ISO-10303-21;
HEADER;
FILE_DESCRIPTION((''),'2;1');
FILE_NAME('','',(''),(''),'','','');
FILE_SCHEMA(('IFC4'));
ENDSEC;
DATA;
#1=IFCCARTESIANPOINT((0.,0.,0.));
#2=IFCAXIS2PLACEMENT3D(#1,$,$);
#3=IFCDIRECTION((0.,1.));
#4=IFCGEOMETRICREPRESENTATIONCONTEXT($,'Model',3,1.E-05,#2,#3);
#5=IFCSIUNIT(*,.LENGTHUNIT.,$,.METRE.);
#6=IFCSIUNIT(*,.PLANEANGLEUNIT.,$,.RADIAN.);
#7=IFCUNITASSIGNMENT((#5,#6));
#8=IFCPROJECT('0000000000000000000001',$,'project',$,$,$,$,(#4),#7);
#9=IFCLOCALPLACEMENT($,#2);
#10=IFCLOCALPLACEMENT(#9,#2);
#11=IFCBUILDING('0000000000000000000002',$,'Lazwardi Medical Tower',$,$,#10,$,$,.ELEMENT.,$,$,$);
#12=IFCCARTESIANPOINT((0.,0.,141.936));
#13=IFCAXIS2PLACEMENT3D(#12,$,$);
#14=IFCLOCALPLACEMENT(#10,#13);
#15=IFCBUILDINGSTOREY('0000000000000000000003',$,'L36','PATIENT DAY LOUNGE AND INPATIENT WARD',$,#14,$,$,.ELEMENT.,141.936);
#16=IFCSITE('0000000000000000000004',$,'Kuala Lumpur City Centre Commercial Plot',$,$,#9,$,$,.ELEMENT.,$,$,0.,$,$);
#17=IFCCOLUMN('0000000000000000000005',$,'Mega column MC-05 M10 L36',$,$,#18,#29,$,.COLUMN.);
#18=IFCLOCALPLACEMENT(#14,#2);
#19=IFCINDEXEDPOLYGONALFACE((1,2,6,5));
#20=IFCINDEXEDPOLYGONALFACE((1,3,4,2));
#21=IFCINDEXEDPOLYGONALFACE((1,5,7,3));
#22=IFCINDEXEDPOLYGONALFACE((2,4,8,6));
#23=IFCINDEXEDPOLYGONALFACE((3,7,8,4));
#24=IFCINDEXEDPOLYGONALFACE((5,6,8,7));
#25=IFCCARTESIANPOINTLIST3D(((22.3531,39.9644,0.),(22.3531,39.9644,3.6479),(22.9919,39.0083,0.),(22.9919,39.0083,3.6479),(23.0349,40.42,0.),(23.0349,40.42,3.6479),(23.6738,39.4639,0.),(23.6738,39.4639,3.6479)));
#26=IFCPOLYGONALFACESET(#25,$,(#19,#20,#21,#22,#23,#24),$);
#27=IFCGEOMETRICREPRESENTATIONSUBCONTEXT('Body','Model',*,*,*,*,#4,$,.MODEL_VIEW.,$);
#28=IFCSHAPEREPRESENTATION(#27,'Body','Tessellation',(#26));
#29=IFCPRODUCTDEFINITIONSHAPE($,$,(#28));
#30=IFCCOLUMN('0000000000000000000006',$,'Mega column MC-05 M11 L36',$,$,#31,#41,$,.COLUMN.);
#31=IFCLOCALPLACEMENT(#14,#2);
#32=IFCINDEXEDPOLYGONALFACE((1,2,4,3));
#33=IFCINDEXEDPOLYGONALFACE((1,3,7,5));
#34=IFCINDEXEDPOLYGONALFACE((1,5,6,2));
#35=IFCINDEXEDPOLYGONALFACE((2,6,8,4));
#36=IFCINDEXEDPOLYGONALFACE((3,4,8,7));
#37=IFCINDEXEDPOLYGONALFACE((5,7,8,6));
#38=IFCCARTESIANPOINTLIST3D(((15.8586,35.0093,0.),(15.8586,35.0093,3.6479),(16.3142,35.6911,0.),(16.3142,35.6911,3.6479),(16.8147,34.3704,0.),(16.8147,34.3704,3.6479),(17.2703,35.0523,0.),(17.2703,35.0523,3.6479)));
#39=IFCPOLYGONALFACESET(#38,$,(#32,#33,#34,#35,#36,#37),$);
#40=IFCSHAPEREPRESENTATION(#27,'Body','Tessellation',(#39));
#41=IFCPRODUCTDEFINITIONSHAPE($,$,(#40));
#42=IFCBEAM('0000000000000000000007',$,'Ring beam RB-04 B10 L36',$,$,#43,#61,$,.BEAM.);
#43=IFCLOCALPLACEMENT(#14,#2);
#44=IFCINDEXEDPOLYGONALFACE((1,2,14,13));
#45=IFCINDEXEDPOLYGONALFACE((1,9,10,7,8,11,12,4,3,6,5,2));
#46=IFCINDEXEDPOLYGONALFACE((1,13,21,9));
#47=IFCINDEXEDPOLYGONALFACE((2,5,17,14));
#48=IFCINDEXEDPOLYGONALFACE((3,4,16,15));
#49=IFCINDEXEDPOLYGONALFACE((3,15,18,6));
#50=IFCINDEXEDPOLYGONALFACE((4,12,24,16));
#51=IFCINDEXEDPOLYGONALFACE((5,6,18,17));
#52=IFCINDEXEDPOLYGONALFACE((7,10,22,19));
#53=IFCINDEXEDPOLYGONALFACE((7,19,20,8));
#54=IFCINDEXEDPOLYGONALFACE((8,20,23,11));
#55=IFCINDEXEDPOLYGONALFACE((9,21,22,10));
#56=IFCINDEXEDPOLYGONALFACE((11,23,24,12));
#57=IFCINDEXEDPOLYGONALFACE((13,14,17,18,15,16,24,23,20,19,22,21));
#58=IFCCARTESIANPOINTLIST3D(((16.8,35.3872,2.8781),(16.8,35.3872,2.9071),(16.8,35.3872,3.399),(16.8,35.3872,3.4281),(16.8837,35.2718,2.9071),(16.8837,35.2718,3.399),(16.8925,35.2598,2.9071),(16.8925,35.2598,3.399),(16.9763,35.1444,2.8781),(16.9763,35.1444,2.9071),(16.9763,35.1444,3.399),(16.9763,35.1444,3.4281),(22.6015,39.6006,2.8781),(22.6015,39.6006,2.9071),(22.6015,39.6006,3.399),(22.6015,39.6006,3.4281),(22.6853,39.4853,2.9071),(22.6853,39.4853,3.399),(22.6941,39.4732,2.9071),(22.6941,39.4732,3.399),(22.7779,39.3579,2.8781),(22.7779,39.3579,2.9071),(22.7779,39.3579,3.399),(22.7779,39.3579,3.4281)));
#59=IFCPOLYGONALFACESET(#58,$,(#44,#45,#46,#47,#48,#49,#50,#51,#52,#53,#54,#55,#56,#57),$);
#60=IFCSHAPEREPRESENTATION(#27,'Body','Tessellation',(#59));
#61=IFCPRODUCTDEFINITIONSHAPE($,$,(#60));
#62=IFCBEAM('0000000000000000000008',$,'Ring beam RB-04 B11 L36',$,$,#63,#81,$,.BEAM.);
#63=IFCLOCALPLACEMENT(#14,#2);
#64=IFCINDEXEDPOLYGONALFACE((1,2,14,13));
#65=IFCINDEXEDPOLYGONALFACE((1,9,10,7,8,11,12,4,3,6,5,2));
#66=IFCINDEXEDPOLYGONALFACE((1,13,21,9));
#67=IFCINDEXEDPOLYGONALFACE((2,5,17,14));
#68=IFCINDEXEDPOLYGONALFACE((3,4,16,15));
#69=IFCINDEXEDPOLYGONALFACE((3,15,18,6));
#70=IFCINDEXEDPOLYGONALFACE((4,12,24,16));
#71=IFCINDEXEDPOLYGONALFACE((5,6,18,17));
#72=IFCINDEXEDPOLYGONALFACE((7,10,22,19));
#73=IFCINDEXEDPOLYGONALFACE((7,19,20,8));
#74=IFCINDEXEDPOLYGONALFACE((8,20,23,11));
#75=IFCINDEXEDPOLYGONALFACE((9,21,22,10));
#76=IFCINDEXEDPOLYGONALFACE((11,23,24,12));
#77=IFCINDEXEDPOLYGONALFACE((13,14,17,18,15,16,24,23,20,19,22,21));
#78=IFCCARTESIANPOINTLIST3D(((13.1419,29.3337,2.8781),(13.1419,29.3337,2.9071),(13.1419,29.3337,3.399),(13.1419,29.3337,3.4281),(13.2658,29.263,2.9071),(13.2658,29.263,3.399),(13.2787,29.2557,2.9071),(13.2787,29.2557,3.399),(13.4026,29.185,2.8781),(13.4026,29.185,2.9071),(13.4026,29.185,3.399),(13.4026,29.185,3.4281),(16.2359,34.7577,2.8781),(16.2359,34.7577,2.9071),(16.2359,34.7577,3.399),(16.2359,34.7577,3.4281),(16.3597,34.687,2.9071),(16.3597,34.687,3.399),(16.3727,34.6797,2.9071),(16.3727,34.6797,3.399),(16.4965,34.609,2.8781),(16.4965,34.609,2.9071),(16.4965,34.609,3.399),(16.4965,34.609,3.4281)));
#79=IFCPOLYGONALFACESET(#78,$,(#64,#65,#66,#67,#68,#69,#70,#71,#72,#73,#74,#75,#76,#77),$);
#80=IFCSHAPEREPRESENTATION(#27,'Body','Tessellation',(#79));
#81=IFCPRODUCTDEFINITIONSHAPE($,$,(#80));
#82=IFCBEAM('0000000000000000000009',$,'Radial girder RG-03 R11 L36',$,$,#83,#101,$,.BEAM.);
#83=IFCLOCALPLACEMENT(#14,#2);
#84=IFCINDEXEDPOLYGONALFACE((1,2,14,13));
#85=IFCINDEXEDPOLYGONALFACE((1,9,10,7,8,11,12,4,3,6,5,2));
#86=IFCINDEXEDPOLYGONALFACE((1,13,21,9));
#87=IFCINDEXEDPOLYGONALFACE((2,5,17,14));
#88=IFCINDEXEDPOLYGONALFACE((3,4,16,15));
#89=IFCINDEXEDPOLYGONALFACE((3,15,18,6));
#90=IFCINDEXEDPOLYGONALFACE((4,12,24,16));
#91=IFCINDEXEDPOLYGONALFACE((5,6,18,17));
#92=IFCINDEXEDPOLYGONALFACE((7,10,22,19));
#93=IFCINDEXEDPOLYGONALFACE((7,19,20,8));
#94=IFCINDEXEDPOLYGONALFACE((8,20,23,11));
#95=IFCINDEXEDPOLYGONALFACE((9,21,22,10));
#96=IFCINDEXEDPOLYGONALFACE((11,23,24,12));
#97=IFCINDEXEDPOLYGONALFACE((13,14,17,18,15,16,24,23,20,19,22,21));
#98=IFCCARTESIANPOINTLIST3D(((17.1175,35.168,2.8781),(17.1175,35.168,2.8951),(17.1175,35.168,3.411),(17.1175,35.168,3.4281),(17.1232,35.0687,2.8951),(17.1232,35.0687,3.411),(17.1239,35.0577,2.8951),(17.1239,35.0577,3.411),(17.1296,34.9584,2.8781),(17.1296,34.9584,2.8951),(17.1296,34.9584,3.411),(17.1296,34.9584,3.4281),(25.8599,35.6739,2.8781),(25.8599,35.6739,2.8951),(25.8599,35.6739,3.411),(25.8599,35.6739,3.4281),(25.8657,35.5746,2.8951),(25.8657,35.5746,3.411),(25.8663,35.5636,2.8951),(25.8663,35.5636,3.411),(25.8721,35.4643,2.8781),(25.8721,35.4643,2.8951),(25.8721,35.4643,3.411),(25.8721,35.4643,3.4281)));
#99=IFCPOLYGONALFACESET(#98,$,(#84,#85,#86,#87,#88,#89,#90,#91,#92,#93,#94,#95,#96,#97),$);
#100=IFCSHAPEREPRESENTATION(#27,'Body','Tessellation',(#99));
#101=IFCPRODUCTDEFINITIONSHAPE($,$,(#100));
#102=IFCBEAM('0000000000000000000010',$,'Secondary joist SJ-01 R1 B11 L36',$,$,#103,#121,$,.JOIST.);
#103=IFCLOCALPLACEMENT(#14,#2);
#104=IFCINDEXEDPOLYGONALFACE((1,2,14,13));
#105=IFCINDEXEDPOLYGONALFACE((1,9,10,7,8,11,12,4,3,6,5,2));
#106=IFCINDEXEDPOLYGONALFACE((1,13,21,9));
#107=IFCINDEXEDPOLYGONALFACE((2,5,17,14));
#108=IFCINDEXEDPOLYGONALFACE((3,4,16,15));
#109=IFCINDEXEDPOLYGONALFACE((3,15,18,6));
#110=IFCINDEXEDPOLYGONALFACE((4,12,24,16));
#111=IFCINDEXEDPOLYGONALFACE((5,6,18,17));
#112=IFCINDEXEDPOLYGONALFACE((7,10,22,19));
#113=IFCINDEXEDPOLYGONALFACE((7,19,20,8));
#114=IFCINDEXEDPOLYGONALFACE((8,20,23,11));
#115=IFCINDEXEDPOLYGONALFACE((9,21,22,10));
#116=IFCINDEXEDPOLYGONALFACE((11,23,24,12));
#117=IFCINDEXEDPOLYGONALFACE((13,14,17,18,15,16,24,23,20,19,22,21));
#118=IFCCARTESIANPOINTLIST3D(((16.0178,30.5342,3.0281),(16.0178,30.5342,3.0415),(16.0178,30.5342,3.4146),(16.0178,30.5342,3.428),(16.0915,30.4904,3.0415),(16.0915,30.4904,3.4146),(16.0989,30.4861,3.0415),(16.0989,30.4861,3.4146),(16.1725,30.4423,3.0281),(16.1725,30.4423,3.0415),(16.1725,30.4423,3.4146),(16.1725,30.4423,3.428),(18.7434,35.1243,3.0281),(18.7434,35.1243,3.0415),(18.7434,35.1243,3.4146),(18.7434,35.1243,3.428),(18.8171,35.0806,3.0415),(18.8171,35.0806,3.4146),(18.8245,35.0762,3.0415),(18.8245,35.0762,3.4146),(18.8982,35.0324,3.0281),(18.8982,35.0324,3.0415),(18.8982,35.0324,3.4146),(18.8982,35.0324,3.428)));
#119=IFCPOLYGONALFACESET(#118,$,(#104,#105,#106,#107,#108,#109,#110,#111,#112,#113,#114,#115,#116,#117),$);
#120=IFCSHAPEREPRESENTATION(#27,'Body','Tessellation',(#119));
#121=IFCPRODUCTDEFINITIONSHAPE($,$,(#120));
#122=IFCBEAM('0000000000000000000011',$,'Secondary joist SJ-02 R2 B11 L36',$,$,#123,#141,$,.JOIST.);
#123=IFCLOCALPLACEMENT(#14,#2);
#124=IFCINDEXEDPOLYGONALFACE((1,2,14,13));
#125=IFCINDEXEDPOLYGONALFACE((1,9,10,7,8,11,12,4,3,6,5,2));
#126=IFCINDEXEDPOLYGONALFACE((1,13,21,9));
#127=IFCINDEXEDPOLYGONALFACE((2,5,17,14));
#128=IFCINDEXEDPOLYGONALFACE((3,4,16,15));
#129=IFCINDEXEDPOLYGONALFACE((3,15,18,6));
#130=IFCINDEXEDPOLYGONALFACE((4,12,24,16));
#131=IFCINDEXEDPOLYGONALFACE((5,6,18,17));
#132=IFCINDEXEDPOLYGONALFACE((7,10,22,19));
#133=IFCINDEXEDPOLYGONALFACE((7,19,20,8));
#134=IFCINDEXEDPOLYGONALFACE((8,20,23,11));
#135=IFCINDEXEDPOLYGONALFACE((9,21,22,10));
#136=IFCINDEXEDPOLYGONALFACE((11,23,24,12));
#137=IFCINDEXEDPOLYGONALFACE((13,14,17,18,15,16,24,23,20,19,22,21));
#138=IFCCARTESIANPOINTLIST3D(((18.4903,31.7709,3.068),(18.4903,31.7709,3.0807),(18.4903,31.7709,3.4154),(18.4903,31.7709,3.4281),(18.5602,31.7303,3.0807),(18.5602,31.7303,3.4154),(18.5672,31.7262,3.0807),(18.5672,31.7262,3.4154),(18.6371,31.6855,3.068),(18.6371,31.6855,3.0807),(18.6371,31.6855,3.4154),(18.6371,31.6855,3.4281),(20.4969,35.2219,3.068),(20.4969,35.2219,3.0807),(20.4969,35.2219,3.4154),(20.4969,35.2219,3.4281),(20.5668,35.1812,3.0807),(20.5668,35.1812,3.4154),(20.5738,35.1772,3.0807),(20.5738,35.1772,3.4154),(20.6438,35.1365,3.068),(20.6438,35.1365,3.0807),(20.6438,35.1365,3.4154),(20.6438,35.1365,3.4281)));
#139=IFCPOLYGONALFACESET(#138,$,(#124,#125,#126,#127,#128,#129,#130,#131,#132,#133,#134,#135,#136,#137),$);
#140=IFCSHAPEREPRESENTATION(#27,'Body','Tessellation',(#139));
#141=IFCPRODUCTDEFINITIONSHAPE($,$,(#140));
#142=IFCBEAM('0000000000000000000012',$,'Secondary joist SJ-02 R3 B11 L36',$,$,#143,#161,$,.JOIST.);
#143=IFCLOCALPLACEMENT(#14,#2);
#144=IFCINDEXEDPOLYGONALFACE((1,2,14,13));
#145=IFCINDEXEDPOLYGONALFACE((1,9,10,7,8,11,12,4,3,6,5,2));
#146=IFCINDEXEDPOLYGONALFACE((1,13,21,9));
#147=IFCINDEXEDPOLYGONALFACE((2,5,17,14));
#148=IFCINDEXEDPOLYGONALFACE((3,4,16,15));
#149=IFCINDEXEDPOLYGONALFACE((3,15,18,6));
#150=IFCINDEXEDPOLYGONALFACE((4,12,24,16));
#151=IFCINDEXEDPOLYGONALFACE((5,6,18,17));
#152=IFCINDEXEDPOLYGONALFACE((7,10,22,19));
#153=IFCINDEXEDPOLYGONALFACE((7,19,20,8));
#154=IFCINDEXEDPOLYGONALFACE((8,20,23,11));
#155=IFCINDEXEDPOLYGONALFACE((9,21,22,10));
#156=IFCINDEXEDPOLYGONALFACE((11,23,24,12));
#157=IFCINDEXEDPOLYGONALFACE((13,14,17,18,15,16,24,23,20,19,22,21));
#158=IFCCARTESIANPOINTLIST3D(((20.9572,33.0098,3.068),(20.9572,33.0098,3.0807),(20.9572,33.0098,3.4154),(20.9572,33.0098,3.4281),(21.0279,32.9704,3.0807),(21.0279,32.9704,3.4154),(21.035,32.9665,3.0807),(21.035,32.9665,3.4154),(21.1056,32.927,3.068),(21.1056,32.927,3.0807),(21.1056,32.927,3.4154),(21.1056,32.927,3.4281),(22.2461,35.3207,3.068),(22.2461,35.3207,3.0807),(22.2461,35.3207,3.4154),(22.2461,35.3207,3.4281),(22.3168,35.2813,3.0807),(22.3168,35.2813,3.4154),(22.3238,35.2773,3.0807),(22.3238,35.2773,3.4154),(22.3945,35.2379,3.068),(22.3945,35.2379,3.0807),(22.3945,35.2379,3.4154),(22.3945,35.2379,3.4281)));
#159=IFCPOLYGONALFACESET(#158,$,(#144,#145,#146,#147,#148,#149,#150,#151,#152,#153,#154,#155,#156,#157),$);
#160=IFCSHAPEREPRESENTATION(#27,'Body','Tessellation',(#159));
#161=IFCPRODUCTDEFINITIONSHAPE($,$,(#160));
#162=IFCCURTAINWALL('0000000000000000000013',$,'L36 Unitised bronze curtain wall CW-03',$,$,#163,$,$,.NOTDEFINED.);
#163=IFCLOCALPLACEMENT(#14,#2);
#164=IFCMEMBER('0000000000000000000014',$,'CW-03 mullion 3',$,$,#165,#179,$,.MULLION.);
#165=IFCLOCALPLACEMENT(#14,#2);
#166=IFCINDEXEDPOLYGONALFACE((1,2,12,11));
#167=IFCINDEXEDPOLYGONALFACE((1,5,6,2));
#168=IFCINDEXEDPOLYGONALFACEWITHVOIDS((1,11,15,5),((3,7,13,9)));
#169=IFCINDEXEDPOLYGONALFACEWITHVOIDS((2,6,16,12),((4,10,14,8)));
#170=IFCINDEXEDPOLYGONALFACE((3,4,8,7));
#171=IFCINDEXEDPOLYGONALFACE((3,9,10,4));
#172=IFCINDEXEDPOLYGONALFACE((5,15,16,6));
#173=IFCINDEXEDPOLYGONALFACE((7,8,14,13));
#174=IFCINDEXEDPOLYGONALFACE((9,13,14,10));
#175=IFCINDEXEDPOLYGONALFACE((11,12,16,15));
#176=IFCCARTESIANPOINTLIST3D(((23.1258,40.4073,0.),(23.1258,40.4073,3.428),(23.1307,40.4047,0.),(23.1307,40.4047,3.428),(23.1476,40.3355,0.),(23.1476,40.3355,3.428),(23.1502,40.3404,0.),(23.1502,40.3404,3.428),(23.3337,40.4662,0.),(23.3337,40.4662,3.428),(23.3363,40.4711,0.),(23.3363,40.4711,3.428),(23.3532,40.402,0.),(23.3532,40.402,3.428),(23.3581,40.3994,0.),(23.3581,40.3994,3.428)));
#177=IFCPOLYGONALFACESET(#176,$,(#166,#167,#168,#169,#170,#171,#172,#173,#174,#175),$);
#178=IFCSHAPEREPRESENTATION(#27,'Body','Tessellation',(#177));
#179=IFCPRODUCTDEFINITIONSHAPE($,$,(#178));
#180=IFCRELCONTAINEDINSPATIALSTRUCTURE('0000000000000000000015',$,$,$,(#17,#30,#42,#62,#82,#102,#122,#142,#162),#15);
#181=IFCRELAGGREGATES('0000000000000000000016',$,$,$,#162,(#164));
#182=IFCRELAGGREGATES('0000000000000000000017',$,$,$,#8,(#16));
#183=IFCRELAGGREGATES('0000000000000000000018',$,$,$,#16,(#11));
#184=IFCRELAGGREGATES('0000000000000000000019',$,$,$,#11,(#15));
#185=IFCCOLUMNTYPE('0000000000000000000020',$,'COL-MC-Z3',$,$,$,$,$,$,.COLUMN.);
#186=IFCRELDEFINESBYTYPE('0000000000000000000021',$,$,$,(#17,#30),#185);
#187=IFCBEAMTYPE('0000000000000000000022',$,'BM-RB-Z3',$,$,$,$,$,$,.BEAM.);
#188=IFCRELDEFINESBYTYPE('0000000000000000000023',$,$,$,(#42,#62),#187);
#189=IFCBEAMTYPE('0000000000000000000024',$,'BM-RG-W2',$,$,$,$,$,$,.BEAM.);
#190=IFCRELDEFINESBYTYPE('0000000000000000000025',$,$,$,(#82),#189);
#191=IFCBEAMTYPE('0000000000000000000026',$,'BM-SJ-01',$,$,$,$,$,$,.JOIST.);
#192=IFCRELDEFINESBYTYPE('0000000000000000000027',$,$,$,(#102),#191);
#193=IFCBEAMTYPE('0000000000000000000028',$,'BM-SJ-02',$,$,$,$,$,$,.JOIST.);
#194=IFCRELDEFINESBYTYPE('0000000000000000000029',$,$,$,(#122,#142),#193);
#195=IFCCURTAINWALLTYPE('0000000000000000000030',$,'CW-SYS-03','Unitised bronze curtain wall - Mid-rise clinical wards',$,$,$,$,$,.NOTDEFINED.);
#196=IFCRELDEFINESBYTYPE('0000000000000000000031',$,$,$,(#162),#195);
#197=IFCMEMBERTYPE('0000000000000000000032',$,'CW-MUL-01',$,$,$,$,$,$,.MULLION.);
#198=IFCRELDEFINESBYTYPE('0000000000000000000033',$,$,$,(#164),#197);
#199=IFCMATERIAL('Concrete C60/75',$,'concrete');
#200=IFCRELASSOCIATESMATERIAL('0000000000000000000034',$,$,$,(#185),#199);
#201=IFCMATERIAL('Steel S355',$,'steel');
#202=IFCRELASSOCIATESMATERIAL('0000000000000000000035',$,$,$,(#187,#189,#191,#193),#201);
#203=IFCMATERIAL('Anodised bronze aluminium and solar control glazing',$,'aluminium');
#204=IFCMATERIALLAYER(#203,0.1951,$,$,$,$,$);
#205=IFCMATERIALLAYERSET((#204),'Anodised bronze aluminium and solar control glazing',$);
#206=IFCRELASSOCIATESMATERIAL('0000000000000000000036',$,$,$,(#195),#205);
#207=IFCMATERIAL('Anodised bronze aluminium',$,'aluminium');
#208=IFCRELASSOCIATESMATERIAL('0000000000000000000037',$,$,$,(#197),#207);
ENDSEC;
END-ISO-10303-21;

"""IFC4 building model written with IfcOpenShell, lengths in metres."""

from ifc_helpers import new_model, si_unit, direction, frame, origin, origin_2d, place, context, subcontext, project, spatial, rectangle, hollow_rectangle, i_section, extrude, material, layer, layer_set, material_profile, profile_set, type_object, element, aggregate, save


model = new_model("IFC4")

# Units and contexts
model_context = context("Model", 3, precision=1e-05, world=origin(), true_north=direction((0.0, 1.0)))
body_context = subcontext(model_context, "Body", "Model", "MODEL_VIEW")
ifc_project = project(units=[si_unit("LENGTHUNIT", "METRE"), si_unit("PLANEANGLEUNIT", "RADIAN")], contexts=[model_context])

# Site, building, storey
site_placement = place(None, origin())
site = spatial("IfcSite", under=ifc_project, at=site_placement, Name="Kuala Lumpur City Centre Commercial Plot", CompositionType="ELEMENT", RefElevation=0.0)
building_placement = place(site_placement, origin())
building = spatial("IfcBuilding", under=site, at=building_placement, Name="Lazwardi Medical Tower", CompositionType="ELEMENT")
storey_placement = place(building_placement, frame((0.0, 0.0, 141.936)))
storey = spatial("IfcBuildingStorey", under=building, at=storey_placement, Name="L36", Description="PATIENT DAY LOUNGE AND INPATIENT WARD", CompositionType="ELEMENT", Elevation=141.936)

# Columns
ifc_material_1 = material(Name="Concrete C60/75", Category="concrete")
ifc_material_profile_1 = material_profile(ifc_material_1, rectangle(XDim=1.1499, YDim=0.8201, at=origin_2d()), Name="CFT-RECT 1150x820")
ifc_profile_set_1 = profile_set([ifc_material_profile_1], Name="Concrete C60/75")
column_type = type_object("IfcColumnType", Name="COL-MC-Z3", PredefinedType="COLUMN", material=ifc_profile_set_1)
for number, where, z_axis, x_axis, name in (
    (1, (23.0134, 39.7141, 0.0), (0.0, 0.0, 1.0), (-0.55557, 0.83147, 0.0), "Mega column MC-05 M10 L36"),
    (2, (16.5645, 35.0308, 0.0), (0.0, 0.0, 1.0), (-0.83147, 0.55557, 0.0), "Mega column MC-05 M11 L36"),
):
    element("IfcColumn", number, at=place(storey_placement, frame(where, z_axis=z_axis, x_axis=x_axis)), inside=storey, type_object=column_type, Name=name, PredefinedType="COLUMN", context=body_context, shape_type="SweptSolid", body=[
        extrude(rectangle(XDim=1.1499, YDim=0.8201, at=origin_2d()), origin(), (0.0, 0.0, 1.0), 3.6479),
    ])

# Beams
ifc_material_2 = material(Name="Steel S355", Category="steel")
ifc_material_profile_2 = material_profile(ifc_material_2, i_section(OverallWidth=0.3, OverallDepth=0.55, WebThickness=0.0149, FlangeThickness=0.0291, at=origin_2d()), Name="HEB 550")
ifc_profile_set_2 = profile_set([ifc_material_profile_2], Name="Steel S355")
beam_type_1 = type_object("IfcBeamType", Name="BM-RB-Z3", PredefinedType="BEAM", material=ifc_profile_set_2)
beam_1_placement = place(storey_placement, frame((22.6897, 39.4792, 3.1531), z_axis=(-0.809128, -0.587633, 0.0), x_axis=(0.587633, -0.809128, 0.0)))
element("IfcBeam", 3, at=beam_1_placement, inside=storey, type_object=beam_type_1, Name="Ring beam RB-04 B10 L36", PredefinedType="BEAM", context=body_context, shape_type="SweptSolid", body=[
    extrude(i_section(OverallWidth=0.3, OverallDepth=0.55, WebThickness=0.0149, FlangeThickness=0.0291, at=origin_2d()), origin(), (0.0, 0.0, 1.0), 7.1702),
])
beam_2_placement = place(storey_placement, frame((16.3662, 34.6833, 3.1531), z_axis=(-0.495478, -0.868621, 0.0), x_axis=(0.868621, -0.495478, 0.0)))
element("IfcBeam", 4, at=beam_2_placement, inside=storey, type_object=beam_type_1, Name="Ring beam RB-04 B11 L36", PredefinedType="BEAM", context=body_context, shape_type="SweptSolid", body=[
    extrude(i_section(OverallWidth=0.3, OverallDepth=0.55, WebThickness=0.0149, FlangeThickness=0.0291, at=origin_2d()), origin(), (0.0, 0.0, 1.0), 6.2444),
])
ifc_material_profile_3 = material_profile(ifc_material_2, i_section(OverallWidth=0.21, OverallDepth=0.55, WebThickness=0.011, FlangeThickness=0.0171, at=origin_2d()), Name="IPE 550")
ifc_profile_set_3 = profile_set([ifc_material_profile_3], Name="Steel S355")
beam_type_2 = type_object("IfcBeamType", Name="BM-RG-W2", PredefinedType="BEAM", material=ifc_profile_set_3)
beam_3_placement = place(storey_placement, frame((17.1235, 35.0632, 3.1531), z_axis=(0.99833, 0.057766, 0.0), x_axis=(-0.057766, 0.99833, 0.0)))
element("IfcBeam", 5, at=beam_3_placement, inside=storey, type_object=beam_type_2, Name="Radial girder RG-03 R11 L36", PredefinedType="BEAM", context=body_context, shape_type="SweptSolid", body=[
    extrude(i_section(OverallWidth=0.21, OverallDepth=0.55, WebThickness=0.011, FlangeThickness=0.0171, at=origin_2d()), origin(), (0.0, 0.0, 1.0), 8.7571),
])
ifc_material_profile_4 = material_profile(ifc_material_2, i_section(OverallWidth=0.1799, OverallDepth=0.3999, WebThickness=0.0085, FlangeThickness=0.0134, at=origin_2d()), Name="IPE 400")
ifc_profile_set_4 = profile_set([ifc_material_profile_4], Name="Steel S355")
beam_type_3 = type_object("IfcBeamType", Name="BM-SJ-01", PredefinedType="JOIST", material=ifc_profile_set_4)
beam_4_placement = place(storey_placement, frame((18.8208, 35.0784, 3.228), z_axis=(-0.510569, -0.859837, 0.0), x_axis=(0.859837, -0.510569, 0.0)))
element("IfcBeam", 6, at=beam_4_placement, inside=storey, type_object=beam_type_3, Name="Secondary joist SJ-01 R1 B11 L36", PredefinedType="JOIST", context=body_context, shape_type="SweptSolid", body=[
    extrude(i_section(OverallWidth=0.1799, OverallDepth=0.3999, WebThickness=0.0085, FlangeThickness=0.0134, at=origin_2d()), origin(), (0.0, 0.0, 1.0), 5.3384),
])
ifc_material_profile_5 = material_profile(ifc_material_2, i_section(OverallWidth=0.1699, OverallDepth=0.3601, WebThickness=0.0081, FlangeThickness=0.0127, at=origin_2d()), Name="IPE 360")
ifc_profile_set_5 = profile_set([ifc_material_profile_5], Name="Steel S355")
beam_type_4 = type_object("IfcBeamType", Name="BM-SJ-02", PredefinedType="JOIST", material=ifc_profile_set_5)
beam_5_placement = place(storey_placement, frame((20.5703, 35.1792, 3.248), z_axis=(-0.502665, -0.864481, 0.0), x_axis=(0.864481, -0.502665, 0.0)))
element("IfcBeam", 7, at=beam_5_placement, inside=storey, type_object=beam_type_4, Name="Secondary joist SJ-02 R2 B11 L36", PredefinedType="JOIST", context=body_context, shape_type="SweptSolid", body=[
    extrude(i_section(OverallWidth=0.1699, OverallDepth=0.3601, WebThickness=0.0081, FlangeThickness=0.0127, at=origin_2d()), origin(), (0.0, 0.0, 1.0), 3.9919),
])
beam_6_placement = place(storey_placement, frame((22.3203, 35.2793, 3.248), z_axis=(-0.487099, -0.873347, 0.0), x_axis=(0.873347, -0.487099, 0.0)))
element("IfcBeam", 8, at=beam_6_placement, inside=storey, type_object=beam_type_4, Name="Secondary joist SJ-02 R3 B11 L36", PredefinedType="JOIST", context=body_context, shape_type="SweptSolid", body=[
    extrude(i_section(OverallWidth=0.1699, OverallDepth=0.3601, WebThickness=0.0081, FlangeThickness=0.0127, at=origin_2d()), origin(), (0.0, 0.0, 1.0), 2.646),
])

# Curtain wall, member
ifc_material_3 = material(Name="Anodised bronze aluminium and solar control glazing", Category="aluminium")
ifc_layer_1 = layer(ifc_material_3, 0.1951)
ifc_layer_set_1 = layer_set([ifc_layer_1], Name="Anodised bronze aluminium and solar control glazing")
curtain_wall_type = type_object("IfcCurtainWallType", Name="CW-SYS-03", Description="Unitised bronze curtain wall - Mid-rise clinical wards", PredefinedType="NOTDEFINED", material=ifc_layer_set_1)
curtain_wall_1_placement = place(storey_placement, origin())
curtain_wall_1 = element("IfcCurtainWall", 9, at=curtain_wall_1_placement, inside=storey, type_object=curtain_wall_type, Name="L36 Unitised bronze curtain wall CW-03", PredefinedType="NOTDEFINED")
ifc_material_4 = material(Name="Anodised bronze aluminium", Category="aluminium")
ifc_material_profile_6 = material_profile(ifc_material_4, hollow_rectangle(XDim=0.075, YDim=0.22, WallThickness=0.0039, at=origin_2d()), Name="ALU-MULLION 220x75x4")
ifc_profile_set_6 = profile_set([ifc_material_profile_6], Name="Anodised bronze aluminium")
member_type_1 = type_object("IfcMemberType", Name="CW-MUL-01", PredefinedType="MULLION", material=ifc_profile_set_6)
member_1_placement = place(storey_placement, frame((23.2419, 40.4033, 0.0), z_axis=(0.0, 0.0, 1.0), x_axis=(0.290281, -0.956942, 0.0)))
member_1 = element("IfcMember", 10, at=member_1_placement, type_object=member_type_1, Name="CW-03 mullion 3", PredefinedType="MULLION", context=body_context, shape_type="SweptSolid", body=[
    extrude(hollow_rectangle(XDim=0.075, YDim=0.22, WallThickness=0.0039, at=origin_2d()), origin(), (0.0, 0.0, 1.0), 3.428),
])
aggregate(curtain_wall_1, [member_1])

save(model, "model.ifc")
